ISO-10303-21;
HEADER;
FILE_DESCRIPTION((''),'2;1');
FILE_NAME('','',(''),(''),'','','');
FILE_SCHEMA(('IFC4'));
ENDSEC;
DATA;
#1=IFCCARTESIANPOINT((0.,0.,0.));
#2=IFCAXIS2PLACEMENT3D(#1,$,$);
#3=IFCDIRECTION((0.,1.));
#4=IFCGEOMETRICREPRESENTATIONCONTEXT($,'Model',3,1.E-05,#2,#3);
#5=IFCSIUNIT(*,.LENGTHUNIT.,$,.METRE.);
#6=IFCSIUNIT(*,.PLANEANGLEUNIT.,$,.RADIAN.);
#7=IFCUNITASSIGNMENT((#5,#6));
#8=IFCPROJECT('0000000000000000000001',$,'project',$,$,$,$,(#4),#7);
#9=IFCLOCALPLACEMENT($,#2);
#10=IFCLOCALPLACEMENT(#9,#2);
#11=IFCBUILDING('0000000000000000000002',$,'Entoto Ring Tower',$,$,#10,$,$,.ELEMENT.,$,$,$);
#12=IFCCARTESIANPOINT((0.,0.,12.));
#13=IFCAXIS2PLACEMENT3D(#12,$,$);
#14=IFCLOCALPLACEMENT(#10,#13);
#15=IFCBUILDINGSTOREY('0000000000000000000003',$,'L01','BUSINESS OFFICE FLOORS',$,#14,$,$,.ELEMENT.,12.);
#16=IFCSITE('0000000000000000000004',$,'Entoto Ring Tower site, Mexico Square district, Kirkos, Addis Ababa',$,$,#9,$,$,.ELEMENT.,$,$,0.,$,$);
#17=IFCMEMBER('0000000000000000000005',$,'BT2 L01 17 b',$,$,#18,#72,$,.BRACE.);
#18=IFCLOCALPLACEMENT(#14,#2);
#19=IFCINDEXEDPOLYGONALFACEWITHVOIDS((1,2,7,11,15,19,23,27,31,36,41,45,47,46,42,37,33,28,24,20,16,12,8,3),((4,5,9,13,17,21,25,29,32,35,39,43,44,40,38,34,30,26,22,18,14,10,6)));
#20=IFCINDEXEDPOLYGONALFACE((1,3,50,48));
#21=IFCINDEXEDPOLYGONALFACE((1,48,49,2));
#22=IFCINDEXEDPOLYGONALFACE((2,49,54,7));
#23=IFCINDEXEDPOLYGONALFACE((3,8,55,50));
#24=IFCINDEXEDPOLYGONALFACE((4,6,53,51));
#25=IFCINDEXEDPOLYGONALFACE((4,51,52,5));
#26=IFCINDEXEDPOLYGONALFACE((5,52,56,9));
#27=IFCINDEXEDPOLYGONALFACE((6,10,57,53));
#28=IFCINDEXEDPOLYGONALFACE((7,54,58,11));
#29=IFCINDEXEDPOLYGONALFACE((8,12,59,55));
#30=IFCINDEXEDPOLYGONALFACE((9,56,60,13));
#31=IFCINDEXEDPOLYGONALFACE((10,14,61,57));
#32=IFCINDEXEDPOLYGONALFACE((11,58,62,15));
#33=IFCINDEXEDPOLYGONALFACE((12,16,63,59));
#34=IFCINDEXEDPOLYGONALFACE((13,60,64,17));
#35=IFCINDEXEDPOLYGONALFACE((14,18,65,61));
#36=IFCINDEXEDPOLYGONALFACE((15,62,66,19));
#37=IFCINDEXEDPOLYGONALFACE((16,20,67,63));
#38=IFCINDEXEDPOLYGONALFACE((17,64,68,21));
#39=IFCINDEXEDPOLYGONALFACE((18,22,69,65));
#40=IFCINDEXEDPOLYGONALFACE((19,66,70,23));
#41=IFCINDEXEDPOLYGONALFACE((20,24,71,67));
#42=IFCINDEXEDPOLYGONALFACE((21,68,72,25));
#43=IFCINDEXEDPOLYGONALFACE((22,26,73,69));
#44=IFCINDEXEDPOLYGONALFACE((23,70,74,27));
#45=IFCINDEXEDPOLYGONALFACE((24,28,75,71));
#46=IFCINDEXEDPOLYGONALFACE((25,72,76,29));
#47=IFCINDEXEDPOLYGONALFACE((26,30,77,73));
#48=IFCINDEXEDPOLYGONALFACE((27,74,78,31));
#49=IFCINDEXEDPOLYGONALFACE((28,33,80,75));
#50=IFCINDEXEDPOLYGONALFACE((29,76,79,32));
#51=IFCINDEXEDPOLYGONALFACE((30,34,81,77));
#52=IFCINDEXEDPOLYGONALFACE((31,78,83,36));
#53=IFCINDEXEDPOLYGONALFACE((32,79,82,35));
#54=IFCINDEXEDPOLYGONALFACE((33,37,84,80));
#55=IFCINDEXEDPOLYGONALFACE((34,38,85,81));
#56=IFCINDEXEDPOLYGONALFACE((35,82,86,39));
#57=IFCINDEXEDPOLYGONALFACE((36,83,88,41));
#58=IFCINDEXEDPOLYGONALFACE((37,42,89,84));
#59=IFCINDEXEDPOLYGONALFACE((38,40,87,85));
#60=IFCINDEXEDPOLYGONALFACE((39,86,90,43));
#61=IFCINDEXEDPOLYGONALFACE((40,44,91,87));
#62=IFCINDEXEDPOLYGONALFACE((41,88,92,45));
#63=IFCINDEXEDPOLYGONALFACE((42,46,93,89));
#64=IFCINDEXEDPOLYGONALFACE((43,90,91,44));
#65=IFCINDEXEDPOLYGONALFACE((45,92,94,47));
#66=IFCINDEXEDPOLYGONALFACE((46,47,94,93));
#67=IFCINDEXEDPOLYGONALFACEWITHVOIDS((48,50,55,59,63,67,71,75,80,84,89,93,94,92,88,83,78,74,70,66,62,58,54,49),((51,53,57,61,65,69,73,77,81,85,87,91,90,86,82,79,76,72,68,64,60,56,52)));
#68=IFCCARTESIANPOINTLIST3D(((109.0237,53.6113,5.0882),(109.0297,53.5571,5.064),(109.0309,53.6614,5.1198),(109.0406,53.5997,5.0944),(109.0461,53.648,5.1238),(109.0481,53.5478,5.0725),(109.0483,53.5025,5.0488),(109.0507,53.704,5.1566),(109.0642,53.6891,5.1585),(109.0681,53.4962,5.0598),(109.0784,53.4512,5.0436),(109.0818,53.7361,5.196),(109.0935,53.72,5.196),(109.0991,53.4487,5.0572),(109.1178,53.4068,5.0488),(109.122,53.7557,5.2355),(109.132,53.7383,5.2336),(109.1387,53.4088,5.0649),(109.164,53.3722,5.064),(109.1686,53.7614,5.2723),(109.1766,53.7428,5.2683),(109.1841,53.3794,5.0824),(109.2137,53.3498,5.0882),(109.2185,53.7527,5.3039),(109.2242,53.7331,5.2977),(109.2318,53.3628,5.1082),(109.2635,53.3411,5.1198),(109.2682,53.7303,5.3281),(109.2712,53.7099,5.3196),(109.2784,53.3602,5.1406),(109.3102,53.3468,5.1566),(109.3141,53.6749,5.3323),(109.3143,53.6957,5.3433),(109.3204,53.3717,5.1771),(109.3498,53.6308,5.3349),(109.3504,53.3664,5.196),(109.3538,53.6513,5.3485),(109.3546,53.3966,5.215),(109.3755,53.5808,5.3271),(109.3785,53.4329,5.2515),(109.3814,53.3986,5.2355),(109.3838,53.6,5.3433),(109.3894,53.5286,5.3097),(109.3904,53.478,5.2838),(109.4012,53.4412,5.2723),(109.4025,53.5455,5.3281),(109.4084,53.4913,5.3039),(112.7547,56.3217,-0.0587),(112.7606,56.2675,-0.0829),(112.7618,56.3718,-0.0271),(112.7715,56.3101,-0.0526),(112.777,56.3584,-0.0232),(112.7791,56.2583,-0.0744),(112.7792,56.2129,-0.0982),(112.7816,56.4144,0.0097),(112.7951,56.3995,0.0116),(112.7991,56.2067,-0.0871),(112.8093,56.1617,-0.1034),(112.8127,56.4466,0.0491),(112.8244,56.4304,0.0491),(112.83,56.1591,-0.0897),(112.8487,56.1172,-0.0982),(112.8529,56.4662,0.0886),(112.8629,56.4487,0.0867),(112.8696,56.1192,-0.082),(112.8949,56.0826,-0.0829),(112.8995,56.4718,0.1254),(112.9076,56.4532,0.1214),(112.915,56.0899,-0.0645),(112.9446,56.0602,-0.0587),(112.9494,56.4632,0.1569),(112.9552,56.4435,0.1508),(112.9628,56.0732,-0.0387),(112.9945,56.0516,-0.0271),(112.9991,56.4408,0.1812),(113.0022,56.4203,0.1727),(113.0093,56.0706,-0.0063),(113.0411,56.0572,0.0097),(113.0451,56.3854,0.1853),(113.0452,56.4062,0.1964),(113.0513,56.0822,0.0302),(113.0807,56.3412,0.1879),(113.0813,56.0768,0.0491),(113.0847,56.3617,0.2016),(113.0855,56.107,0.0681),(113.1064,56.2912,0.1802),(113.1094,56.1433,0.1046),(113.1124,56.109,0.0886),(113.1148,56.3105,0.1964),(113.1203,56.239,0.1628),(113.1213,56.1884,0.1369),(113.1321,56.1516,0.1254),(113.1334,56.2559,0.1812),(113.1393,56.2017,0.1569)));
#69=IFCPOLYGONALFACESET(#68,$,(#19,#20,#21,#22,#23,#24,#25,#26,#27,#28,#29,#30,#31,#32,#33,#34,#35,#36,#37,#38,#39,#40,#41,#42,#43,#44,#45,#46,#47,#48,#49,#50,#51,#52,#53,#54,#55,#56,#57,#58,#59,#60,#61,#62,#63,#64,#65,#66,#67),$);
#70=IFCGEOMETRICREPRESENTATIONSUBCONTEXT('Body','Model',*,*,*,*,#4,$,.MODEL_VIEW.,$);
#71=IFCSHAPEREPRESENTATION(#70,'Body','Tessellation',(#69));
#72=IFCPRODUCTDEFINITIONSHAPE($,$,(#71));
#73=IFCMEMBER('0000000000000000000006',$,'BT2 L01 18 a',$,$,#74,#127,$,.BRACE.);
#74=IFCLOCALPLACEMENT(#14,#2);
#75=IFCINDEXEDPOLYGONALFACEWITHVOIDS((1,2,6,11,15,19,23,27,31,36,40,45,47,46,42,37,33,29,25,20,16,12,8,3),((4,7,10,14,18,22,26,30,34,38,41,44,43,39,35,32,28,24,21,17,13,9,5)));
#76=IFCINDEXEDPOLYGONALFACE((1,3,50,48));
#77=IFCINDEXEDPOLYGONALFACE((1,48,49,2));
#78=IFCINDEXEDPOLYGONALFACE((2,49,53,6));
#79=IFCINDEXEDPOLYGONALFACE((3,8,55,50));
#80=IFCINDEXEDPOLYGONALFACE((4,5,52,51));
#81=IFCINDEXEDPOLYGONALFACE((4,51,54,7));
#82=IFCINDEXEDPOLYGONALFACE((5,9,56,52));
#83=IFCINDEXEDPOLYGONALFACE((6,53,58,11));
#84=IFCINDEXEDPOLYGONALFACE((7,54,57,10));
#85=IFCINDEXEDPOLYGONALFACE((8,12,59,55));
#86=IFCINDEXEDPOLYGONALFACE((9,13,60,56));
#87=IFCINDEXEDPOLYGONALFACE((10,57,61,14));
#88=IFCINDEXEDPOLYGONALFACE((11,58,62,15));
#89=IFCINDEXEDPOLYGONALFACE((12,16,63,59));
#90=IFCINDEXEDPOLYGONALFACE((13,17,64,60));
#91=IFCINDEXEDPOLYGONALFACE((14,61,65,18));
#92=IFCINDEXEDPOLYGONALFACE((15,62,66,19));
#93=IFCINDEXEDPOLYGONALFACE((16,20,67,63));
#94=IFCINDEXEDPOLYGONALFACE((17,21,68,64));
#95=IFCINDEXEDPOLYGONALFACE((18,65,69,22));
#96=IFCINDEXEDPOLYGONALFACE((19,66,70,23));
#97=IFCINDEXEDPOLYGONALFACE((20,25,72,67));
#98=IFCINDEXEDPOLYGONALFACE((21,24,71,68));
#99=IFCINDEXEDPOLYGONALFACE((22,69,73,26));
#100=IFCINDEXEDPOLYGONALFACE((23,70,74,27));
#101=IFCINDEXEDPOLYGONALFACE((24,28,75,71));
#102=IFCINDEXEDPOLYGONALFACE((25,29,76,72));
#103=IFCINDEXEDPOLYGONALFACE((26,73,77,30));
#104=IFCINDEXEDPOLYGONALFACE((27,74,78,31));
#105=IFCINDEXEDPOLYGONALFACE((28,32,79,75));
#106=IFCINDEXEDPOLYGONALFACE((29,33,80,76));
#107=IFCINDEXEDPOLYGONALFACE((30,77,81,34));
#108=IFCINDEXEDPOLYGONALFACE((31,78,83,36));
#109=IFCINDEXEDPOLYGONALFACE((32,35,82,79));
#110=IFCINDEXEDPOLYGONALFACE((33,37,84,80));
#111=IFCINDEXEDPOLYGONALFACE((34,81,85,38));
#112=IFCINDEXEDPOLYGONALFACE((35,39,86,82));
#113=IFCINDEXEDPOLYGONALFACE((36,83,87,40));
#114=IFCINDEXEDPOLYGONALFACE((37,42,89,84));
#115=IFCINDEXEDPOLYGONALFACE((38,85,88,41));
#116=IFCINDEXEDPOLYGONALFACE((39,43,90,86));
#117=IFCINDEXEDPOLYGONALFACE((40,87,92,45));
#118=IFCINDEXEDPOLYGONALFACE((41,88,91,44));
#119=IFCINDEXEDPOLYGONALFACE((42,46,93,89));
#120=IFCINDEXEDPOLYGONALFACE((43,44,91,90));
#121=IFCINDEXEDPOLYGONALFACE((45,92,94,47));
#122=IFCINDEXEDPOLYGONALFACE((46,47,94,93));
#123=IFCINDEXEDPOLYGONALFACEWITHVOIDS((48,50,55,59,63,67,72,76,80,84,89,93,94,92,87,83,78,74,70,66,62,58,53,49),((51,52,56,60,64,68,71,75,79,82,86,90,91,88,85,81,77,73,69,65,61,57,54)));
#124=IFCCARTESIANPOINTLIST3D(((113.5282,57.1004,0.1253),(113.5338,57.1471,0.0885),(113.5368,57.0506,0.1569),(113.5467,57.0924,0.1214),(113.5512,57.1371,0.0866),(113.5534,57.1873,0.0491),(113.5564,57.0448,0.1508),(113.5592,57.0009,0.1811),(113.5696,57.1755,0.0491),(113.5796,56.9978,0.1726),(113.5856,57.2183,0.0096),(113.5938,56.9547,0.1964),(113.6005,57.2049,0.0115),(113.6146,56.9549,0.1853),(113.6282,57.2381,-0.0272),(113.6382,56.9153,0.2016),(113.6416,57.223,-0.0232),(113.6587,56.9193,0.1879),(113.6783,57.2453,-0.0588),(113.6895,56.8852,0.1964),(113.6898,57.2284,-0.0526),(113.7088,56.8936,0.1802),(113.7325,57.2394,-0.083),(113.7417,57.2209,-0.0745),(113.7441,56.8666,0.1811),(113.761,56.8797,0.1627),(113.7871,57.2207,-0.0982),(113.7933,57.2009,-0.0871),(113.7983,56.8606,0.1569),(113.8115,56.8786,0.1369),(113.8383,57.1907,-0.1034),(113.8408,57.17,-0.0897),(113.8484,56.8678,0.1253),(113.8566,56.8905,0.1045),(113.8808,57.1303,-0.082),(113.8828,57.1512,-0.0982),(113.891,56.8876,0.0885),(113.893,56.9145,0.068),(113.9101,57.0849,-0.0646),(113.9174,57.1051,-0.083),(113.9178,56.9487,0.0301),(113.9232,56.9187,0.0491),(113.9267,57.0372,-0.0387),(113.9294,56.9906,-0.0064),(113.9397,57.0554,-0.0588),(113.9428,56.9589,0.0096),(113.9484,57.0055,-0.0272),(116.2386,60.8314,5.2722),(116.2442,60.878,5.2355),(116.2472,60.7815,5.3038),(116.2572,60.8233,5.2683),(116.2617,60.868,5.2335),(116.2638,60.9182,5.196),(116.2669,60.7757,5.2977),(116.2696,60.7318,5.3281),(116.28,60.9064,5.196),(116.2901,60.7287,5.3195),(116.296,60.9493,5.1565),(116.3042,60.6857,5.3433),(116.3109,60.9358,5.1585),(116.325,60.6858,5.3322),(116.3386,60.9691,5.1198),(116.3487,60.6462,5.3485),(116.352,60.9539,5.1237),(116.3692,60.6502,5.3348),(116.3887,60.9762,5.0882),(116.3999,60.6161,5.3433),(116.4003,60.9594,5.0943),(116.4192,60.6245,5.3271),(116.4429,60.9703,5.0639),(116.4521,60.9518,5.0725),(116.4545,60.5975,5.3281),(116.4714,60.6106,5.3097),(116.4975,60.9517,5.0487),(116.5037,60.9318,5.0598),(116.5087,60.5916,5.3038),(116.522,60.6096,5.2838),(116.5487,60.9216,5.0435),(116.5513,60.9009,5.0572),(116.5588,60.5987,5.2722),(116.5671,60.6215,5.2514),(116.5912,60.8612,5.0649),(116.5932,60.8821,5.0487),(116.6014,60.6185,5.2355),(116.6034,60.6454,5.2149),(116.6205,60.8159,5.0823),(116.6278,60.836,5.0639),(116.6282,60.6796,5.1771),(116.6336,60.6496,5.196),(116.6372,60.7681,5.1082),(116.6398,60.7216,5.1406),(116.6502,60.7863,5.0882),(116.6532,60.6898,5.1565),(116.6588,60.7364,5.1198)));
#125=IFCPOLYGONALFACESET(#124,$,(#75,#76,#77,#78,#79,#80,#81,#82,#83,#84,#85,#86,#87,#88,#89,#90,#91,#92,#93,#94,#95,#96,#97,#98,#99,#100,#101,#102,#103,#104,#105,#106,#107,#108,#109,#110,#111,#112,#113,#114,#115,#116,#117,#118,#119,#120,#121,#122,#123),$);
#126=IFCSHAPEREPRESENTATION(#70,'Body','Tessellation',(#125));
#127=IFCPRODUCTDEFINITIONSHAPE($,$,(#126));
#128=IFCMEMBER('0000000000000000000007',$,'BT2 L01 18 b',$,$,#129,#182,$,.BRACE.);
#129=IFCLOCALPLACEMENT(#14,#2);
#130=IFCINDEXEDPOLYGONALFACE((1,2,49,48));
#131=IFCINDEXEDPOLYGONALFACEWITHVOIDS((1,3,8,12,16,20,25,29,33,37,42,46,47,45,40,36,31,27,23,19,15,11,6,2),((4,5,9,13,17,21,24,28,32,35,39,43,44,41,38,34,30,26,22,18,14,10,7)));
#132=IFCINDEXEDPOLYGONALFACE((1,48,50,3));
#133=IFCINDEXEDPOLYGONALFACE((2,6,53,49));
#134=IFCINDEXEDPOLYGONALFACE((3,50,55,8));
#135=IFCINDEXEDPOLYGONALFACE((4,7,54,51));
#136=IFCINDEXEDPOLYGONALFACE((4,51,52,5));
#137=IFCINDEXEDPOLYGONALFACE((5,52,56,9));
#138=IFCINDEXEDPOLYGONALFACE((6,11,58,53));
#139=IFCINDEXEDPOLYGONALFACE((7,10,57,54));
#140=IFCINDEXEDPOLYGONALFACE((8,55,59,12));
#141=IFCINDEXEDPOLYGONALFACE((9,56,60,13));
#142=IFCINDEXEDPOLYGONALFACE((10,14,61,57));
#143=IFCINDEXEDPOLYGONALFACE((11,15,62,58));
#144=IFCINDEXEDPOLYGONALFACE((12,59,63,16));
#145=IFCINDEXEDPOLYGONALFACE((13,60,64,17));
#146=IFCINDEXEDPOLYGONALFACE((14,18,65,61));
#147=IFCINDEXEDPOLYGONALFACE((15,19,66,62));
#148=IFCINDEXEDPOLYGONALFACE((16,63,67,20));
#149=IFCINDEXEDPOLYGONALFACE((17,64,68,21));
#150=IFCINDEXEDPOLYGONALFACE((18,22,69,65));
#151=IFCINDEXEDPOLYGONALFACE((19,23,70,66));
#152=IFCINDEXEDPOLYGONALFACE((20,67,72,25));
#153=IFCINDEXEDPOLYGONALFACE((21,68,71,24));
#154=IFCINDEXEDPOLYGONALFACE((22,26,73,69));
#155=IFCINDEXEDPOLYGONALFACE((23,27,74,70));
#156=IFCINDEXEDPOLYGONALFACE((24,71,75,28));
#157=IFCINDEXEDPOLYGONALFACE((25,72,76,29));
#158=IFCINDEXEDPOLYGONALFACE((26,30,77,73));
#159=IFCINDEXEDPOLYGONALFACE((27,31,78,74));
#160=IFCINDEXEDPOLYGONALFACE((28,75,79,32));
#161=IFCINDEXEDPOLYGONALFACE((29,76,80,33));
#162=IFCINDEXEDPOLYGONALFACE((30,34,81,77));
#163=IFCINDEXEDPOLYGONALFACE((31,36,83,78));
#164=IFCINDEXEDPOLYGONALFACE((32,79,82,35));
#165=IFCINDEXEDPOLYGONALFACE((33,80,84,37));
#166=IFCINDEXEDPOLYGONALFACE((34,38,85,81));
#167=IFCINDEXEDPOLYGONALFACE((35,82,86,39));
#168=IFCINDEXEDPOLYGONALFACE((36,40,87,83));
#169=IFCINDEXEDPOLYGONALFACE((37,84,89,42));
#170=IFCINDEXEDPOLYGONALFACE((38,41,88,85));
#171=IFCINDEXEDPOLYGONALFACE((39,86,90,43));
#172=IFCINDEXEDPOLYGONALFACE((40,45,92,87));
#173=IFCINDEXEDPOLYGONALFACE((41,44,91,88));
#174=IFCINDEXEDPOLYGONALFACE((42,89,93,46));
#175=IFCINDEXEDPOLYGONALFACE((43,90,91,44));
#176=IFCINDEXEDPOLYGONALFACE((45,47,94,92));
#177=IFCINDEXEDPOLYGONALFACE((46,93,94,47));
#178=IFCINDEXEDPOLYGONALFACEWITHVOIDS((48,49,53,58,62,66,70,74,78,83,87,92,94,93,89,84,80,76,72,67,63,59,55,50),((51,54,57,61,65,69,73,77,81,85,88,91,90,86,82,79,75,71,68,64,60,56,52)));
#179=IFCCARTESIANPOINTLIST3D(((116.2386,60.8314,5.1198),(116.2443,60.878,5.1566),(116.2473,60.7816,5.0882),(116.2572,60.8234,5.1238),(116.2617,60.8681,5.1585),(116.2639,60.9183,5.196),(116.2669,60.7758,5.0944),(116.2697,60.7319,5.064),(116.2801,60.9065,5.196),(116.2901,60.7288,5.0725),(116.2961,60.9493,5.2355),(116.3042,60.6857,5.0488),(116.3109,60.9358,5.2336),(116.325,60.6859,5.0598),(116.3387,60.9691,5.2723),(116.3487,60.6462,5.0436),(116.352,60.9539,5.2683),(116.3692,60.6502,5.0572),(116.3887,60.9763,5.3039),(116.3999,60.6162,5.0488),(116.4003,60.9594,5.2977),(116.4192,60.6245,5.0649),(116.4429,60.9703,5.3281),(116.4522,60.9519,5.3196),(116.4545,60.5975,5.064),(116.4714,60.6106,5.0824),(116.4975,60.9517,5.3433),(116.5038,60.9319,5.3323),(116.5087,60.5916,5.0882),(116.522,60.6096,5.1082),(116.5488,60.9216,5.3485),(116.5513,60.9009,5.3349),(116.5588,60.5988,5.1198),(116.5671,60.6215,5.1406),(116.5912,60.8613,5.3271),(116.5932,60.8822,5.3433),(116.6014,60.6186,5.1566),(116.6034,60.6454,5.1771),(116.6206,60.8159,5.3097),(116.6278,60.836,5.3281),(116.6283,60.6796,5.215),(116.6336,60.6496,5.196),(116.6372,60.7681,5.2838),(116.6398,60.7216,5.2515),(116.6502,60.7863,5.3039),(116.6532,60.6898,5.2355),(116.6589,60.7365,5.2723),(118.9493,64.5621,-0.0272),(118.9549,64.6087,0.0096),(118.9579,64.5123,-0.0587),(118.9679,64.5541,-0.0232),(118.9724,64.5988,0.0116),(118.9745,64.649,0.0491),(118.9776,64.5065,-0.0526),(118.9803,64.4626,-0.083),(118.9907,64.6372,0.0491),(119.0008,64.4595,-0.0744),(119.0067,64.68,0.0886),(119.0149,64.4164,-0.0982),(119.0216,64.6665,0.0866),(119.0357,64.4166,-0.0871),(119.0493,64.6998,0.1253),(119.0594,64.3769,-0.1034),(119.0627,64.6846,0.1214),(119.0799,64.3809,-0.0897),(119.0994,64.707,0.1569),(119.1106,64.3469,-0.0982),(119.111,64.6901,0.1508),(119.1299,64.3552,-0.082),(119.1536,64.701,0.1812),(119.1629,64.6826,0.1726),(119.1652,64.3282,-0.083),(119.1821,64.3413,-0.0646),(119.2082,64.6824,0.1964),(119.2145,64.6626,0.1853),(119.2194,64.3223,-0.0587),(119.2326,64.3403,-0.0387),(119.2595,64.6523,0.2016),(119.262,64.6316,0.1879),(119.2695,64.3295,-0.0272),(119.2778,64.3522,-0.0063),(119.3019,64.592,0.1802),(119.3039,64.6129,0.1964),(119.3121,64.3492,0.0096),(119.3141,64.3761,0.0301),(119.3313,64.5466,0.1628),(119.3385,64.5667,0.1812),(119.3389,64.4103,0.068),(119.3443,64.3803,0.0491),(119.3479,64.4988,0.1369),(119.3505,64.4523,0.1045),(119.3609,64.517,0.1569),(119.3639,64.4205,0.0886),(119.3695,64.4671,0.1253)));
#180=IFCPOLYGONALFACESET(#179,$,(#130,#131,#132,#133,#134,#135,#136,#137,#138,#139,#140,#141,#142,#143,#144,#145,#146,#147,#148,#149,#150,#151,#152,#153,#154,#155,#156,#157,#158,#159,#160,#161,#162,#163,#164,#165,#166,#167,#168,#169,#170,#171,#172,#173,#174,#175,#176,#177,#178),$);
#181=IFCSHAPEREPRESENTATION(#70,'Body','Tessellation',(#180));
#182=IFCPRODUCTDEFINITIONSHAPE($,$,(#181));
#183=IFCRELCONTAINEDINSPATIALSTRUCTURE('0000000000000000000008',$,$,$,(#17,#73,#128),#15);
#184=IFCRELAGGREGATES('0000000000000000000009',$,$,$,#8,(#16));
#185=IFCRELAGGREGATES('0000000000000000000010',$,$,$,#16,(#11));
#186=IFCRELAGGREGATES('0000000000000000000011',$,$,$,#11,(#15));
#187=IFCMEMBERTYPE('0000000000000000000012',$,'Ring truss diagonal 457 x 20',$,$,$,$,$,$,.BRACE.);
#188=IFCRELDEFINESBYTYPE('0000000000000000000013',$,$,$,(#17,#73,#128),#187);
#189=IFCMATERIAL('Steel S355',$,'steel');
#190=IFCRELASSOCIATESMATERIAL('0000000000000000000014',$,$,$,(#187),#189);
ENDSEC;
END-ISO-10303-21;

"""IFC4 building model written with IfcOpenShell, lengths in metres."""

from ifc_helpers import new_model, si_unit, direction, frame, origin, origin_2d, place, context, subcontext, project, spatial, circle, hollow_circle, extrude, material, material_profile, profile_set, type_object, element, save


model = new_model("IFC4")

# Units and contexts
model_context = context("Model", 3, precision=1e-05, world=origin(), true_north=direction((0.0, 1.0)))
body_context = subcontext(model_context, "Body", "Model", "MODEL_VIEW")
ifc_project = project(units=[si_unit("LENGTHUNIT", "METRE"), si_unit("PLANEANGLEUNIT", "RADIAN")], contexts=[model_context])

# Site, building, storey
site_placement = place(None, origin())
site = spatial("IfcSite", under=ifc_project, at=site_placement, Name="Entoto Ring Tower site, Mexico Square district, Kirkos, Addis Ababa", CompositionType="ELEMENT", RefElevation=0.0)
building_placement = place(site_placement, origin())
building = spatial("IfcBuilding", under=site, at=building_placement, Name="Entoto Ring Tower", CompositionType="ELEMENT")
storey_placement = place(building_placement, frame((0.0, 0.0, 12.0)))
storey = spatial("IfcBuildingStorey", under=building, at=storey_placement, Name="L01", Description="BUSINESS OFFICE FLOORS", CompositionType="ELEMENT", Elevation=12.0)

# Members
ifc_material_1 = material(Name="Steel S355", Category="steel")
ifc_material_profile_1 = material_profile(ifc_material_1, hollow_circle(Radius=0.2285, WallThickness=0.02, at=origin_2d()), Name="CHS 457 x 20")
ifc_material_2 = material(Name="Concrete C60/75", Category="concrete")
ifc_material_profile_2 = material_profile(ifc_material_2, circle(Radius=0.2085, at=origin_2d()), Name="Concrete C60/75 infill")
ifc_profile_set_1 = profile_set([ifc_material_profile_1, ifc_material_profile_2], Name="Steel S355")
member_type_1 = type_object("IfcMemberType", Name="Ring truss diagonal 457 x 20", PredefinedType="BRACE", material=ifc_profile_set_1)
for number, where, z_axis, x_axis, name in (
    (1, (109.2161, 53.5513, 5.196), (0.53988, 0.39221, -0.744782), (-0.58775, 0.809043, 0.0), "BT2 L01 17 b"),
    (2, (113.7383, 57.053, 0.0491), (0.39221, 0.53988, 0.744782), (-0.809043, 0.58775, 0.0), "BT2 L01 18 a"),
    (3, (116.4487, 60.7839, 5.196), (0.392247, 0.539848, -0.744786), (-0.808999, 0.58781, 0.0), "BT2 L01 18 b"),
):
    element("IfcMember", number, at=place(storey_placement, frame(where, z_axis=z_axis, x_axis=x_axis)), inside=storey, type_object=member_type_1, Name=name, PredefinedType="BRACE", context=body_context, shape_type="SweptSolid", body=[
        extrude(hollow_circle(Radius=0.2285, WallThickness=0.02, at=origin_2d()), origin(), (0.0, 0.0, 1.0), 6.9106),
    ])

save(model, "model.ifc")
